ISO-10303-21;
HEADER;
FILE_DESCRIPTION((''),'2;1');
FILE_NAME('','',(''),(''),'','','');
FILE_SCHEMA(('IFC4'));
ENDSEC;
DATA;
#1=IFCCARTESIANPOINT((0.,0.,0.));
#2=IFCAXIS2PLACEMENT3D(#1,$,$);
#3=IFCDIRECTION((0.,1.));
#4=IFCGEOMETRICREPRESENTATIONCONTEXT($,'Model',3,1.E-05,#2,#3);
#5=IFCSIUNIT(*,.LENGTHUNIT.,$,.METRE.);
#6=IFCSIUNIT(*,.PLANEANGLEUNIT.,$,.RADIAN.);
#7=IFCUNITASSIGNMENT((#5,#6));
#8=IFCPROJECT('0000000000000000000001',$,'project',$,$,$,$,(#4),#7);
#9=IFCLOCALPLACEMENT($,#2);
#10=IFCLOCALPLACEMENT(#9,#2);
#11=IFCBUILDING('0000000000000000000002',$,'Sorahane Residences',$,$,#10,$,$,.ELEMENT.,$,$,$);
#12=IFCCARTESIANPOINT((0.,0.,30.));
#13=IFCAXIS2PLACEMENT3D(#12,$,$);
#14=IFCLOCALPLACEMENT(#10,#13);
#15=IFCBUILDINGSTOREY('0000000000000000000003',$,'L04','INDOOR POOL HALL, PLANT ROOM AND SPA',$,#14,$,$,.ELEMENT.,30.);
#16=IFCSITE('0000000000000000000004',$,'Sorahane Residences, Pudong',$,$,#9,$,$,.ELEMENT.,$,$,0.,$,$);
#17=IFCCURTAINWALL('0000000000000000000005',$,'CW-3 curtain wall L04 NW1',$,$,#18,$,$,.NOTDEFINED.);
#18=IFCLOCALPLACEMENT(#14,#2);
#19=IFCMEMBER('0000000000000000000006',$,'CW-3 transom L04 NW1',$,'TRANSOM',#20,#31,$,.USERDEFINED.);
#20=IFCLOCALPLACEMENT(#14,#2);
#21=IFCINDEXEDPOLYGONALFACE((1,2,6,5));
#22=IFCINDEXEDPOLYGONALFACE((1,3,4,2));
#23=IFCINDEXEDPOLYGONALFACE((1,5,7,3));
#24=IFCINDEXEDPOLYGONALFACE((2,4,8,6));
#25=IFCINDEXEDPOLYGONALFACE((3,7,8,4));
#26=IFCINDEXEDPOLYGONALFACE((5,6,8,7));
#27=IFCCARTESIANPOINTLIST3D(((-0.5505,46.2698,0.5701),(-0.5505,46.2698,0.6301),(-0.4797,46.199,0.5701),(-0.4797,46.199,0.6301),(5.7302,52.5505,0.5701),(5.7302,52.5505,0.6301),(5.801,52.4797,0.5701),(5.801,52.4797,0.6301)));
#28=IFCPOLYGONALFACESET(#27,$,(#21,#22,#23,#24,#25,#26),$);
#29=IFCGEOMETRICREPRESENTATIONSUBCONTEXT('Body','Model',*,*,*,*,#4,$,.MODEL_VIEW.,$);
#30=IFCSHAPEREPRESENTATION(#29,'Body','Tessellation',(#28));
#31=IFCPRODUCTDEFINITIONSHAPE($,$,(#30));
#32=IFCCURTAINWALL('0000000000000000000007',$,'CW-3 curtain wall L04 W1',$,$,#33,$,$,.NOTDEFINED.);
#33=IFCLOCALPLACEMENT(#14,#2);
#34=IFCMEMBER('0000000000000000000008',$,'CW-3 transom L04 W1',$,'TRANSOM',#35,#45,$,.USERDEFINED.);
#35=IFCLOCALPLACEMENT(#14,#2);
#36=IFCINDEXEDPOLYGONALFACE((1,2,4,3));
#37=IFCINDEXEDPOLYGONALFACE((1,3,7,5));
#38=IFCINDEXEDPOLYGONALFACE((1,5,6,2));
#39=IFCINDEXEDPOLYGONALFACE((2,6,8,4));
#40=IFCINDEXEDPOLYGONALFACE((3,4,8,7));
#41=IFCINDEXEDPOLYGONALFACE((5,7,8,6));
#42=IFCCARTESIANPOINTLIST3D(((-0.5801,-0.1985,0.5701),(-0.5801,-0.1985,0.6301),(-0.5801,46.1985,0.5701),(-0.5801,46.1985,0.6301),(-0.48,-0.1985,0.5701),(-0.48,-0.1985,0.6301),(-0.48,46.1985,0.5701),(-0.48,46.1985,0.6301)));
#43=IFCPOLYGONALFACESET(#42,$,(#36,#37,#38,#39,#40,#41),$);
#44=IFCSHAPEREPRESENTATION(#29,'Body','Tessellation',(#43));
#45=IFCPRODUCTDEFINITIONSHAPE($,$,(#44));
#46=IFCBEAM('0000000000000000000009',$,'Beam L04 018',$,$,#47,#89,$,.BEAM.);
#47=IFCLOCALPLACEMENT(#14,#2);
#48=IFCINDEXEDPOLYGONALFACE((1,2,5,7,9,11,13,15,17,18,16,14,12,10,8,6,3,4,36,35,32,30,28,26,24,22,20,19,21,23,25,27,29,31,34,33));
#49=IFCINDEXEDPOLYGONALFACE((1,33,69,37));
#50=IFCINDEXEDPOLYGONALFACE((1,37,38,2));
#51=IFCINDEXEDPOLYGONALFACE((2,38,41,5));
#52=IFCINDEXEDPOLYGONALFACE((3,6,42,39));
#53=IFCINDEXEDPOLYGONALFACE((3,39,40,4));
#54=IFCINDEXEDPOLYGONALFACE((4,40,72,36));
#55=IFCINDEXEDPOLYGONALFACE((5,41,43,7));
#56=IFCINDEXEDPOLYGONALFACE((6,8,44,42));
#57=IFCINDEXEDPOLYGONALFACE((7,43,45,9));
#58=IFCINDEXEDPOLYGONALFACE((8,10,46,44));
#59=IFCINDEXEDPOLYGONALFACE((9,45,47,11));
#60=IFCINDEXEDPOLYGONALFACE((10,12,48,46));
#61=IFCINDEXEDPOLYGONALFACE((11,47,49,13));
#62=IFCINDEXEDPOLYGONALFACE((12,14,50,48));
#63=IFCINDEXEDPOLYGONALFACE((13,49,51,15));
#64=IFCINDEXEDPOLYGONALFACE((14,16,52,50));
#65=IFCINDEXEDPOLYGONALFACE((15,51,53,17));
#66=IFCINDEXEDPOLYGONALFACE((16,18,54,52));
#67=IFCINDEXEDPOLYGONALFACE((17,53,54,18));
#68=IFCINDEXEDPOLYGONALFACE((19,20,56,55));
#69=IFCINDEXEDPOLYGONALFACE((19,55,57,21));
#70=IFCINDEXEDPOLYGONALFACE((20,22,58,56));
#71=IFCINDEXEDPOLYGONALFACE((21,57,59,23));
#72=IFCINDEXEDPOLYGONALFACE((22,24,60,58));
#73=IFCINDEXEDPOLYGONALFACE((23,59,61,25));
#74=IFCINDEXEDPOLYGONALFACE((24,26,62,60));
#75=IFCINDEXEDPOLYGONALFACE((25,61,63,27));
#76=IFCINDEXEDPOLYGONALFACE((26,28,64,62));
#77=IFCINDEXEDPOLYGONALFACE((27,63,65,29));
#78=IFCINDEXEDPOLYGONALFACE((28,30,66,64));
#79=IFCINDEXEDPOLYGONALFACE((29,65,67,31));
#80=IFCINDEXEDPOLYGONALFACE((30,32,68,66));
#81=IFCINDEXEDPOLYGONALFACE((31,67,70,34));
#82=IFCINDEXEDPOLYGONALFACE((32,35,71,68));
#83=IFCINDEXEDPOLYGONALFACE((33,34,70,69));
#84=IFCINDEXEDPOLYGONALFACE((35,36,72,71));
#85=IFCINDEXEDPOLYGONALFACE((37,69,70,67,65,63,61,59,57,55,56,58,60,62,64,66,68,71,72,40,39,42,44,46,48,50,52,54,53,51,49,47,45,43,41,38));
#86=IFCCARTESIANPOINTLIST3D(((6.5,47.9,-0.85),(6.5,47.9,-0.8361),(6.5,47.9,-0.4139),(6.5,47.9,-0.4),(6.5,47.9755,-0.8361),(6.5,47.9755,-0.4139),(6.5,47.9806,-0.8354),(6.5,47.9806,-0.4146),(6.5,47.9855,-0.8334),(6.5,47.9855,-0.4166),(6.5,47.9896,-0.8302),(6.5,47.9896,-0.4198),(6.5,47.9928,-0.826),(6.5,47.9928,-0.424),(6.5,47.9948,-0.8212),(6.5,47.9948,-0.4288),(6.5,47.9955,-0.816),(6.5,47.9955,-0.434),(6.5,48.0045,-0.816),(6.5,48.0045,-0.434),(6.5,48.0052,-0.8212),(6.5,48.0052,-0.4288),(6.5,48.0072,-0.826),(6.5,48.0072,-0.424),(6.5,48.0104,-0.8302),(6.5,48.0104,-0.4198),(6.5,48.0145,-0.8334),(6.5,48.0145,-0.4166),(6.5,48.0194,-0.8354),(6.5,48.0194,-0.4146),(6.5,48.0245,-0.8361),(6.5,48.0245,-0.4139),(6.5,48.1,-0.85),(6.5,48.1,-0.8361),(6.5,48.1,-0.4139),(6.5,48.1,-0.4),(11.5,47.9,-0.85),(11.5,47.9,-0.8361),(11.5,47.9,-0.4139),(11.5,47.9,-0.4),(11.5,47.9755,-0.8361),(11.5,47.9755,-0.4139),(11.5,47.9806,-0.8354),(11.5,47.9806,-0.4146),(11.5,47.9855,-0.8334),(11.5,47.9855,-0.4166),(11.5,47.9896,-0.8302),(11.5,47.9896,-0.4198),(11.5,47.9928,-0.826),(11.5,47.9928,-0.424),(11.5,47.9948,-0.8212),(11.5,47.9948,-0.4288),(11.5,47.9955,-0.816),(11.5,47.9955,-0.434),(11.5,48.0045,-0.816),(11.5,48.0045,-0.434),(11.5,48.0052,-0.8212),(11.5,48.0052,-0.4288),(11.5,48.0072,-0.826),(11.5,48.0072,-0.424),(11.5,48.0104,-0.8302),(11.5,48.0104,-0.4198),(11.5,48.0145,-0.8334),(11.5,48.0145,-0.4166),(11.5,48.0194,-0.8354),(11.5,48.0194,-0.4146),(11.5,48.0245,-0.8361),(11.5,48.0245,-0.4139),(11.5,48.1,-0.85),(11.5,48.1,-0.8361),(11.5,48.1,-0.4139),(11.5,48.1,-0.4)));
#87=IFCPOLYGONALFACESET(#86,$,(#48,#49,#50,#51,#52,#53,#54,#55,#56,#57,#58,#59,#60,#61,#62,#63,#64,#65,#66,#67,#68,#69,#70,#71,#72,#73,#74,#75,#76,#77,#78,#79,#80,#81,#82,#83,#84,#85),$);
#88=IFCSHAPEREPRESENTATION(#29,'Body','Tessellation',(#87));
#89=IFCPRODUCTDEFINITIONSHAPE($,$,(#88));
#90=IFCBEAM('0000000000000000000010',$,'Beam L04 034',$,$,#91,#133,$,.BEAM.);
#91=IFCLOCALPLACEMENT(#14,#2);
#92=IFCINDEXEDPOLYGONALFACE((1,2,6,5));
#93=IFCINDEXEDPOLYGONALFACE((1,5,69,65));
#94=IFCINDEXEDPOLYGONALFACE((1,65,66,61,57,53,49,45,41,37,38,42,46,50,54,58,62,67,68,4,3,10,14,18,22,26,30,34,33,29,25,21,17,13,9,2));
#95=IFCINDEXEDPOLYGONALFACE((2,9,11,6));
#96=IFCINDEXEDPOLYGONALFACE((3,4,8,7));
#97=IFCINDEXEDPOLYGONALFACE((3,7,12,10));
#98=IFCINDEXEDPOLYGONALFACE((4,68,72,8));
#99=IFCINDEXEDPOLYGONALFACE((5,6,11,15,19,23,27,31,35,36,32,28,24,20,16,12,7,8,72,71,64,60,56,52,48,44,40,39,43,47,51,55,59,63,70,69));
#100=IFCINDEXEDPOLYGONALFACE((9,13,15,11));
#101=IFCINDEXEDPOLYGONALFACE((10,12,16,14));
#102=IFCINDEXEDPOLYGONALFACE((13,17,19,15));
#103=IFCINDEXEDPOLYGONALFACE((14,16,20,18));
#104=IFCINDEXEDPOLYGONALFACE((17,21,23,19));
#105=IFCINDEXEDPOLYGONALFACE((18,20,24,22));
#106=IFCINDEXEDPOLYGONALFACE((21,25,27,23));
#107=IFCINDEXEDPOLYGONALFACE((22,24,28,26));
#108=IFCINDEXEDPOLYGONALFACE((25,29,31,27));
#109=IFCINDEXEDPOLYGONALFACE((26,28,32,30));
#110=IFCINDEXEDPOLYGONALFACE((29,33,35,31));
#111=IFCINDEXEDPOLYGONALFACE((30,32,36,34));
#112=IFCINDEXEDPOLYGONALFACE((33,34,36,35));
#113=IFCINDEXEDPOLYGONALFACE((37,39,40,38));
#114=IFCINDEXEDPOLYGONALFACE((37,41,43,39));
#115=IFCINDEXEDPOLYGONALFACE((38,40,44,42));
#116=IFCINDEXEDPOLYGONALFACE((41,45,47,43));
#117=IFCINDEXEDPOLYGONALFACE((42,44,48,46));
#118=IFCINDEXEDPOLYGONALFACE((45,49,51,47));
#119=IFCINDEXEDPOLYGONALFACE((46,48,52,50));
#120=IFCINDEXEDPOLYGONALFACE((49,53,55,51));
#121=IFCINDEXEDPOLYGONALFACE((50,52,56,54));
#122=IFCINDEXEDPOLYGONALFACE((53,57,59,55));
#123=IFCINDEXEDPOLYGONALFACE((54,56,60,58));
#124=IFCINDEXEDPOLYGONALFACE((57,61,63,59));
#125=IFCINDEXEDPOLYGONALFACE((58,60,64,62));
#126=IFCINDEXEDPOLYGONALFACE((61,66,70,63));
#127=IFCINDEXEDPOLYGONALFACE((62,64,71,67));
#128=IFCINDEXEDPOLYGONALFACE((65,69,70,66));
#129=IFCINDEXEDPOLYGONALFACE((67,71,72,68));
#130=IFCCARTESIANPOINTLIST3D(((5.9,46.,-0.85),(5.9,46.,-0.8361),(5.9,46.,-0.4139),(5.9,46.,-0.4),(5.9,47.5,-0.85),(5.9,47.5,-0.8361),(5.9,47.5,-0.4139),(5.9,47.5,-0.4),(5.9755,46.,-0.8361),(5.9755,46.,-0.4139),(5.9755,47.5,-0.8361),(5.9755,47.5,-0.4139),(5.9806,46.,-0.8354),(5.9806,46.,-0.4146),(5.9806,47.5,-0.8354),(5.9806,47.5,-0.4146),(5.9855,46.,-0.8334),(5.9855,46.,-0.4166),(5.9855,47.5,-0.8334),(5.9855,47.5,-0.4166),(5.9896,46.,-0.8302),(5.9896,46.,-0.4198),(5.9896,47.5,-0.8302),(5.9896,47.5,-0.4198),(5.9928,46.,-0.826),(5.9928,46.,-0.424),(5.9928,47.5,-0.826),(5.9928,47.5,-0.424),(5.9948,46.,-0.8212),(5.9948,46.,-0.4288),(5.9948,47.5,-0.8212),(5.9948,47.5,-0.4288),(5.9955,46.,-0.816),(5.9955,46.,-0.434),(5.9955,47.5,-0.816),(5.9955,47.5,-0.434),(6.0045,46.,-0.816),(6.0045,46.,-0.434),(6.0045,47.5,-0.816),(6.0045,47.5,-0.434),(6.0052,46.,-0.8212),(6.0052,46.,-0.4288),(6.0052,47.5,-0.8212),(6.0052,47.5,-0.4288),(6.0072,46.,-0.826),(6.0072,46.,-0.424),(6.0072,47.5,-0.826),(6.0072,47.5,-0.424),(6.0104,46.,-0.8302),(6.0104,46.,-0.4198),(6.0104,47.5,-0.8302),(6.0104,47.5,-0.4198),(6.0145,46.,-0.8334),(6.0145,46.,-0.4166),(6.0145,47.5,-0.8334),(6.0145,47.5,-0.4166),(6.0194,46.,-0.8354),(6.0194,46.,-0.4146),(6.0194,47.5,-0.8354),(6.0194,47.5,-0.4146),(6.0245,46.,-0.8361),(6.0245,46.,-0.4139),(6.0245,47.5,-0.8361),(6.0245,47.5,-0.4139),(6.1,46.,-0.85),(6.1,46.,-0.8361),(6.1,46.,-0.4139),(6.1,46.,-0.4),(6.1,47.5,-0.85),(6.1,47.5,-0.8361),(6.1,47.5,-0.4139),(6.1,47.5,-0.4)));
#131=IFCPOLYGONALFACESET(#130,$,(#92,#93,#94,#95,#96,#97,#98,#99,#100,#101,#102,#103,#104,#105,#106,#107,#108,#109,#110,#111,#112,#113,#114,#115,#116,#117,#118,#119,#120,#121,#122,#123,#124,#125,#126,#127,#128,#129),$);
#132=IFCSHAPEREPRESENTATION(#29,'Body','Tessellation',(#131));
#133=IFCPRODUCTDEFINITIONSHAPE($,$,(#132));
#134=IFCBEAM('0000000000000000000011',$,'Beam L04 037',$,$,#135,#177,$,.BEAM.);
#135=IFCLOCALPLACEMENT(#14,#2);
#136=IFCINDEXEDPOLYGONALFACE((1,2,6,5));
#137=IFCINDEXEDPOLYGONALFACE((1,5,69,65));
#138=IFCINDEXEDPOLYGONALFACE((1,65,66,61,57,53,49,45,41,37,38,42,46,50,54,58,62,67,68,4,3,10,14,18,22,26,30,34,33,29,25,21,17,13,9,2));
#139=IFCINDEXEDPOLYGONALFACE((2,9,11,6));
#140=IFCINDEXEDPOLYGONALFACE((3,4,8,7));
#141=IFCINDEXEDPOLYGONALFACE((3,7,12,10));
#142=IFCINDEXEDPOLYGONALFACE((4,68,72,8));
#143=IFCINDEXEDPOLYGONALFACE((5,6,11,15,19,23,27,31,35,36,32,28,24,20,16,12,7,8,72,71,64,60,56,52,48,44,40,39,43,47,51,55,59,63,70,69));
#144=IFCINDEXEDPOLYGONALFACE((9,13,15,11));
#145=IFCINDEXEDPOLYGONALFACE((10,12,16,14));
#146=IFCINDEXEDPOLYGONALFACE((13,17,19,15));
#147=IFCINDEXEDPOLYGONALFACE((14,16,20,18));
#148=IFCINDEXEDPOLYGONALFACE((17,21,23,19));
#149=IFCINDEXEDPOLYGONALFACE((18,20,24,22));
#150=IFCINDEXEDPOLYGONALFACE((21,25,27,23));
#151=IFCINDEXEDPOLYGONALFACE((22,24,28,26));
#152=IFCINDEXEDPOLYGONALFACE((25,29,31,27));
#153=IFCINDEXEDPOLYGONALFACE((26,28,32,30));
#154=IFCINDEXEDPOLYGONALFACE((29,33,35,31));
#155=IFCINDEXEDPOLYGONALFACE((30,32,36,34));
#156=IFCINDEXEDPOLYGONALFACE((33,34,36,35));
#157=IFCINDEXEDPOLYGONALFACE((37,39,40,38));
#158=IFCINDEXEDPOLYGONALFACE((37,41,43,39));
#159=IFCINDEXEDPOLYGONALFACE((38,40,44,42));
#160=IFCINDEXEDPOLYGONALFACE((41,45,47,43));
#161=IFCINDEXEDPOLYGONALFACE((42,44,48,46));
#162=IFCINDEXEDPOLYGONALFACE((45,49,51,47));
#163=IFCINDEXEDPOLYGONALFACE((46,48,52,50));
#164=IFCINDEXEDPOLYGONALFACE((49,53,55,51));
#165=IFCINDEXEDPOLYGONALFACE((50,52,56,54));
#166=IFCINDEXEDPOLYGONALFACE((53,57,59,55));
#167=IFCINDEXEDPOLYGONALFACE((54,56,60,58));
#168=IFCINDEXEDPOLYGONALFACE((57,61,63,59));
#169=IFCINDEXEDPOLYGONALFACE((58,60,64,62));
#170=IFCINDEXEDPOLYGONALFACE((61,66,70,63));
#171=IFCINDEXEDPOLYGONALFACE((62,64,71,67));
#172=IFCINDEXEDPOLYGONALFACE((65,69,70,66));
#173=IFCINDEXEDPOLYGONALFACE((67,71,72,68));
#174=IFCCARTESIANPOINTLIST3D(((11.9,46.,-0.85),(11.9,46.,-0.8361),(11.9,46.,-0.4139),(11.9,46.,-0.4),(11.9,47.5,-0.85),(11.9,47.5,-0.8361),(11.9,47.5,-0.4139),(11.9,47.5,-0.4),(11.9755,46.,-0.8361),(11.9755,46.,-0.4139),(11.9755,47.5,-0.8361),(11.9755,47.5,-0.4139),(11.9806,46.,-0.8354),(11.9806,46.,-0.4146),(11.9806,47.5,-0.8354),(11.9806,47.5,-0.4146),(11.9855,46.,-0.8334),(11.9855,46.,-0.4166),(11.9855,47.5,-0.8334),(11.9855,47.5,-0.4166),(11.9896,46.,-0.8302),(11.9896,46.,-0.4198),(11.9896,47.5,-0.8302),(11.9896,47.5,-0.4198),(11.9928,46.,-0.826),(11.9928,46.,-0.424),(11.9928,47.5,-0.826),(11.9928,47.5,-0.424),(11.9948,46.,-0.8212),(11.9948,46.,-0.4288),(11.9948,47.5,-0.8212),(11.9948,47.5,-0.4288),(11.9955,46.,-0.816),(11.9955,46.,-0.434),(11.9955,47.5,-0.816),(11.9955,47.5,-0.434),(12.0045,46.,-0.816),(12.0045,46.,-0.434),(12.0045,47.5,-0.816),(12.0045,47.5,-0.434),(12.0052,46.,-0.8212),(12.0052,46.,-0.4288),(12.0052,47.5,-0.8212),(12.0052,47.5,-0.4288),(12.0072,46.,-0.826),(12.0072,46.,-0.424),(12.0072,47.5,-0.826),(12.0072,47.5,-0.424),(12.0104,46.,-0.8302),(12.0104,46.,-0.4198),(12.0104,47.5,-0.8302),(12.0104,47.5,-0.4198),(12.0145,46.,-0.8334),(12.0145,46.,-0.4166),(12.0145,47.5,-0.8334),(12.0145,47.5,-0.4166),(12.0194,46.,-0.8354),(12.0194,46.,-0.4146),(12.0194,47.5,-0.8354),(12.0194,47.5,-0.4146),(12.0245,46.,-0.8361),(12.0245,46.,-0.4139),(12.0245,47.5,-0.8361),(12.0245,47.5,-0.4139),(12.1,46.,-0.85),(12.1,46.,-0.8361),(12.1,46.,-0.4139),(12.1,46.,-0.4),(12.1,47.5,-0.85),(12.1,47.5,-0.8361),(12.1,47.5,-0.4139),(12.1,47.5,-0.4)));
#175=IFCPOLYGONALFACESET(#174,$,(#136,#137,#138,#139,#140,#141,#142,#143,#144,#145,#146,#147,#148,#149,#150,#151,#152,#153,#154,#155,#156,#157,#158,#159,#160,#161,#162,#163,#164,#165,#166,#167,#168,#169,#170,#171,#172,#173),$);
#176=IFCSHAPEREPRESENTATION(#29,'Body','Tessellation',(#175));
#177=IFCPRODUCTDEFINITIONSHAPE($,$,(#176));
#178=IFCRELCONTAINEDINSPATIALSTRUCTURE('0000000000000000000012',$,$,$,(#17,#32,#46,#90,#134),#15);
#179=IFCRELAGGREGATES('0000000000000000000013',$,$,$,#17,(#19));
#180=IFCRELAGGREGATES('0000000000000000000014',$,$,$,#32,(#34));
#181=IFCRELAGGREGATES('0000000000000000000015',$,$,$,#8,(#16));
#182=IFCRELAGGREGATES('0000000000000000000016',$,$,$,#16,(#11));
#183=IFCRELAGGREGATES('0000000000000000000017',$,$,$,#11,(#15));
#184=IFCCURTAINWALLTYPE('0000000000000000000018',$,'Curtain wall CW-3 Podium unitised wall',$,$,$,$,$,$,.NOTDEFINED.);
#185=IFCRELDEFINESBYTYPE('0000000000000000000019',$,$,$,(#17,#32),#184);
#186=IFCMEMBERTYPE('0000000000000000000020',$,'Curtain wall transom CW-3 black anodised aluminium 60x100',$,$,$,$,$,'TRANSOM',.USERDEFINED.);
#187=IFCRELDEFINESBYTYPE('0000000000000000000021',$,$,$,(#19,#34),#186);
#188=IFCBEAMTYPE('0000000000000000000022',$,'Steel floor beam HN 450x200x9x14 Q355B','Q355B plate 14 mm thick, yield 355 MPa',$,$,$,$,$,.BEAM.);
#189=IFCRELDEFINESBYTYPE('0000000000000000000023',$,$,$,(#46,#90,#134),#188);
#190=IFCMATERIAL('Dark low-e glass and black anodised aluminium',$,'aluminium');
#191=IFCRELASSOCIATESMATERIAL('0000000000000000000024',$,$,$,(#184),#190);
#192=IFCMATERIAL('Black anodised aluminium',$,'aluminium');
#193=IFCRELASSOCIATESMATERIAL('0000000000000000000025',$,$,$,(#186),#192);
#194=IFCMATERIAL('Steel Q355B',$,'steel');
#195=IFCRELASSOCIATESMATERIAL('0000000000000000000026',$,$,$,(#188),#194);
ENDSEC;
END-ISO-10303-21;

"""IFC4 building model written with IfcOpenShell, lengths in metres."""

from ifc_helpers import new_model, si_unit, direction, frame, origin, origin_2d, place, context, subcontext, project, spatial, rectangle, i_section, extrude, material, material_profile, profile_set, type_object, element, aggregate, save


model = new_model("IFC4")

# Units and contexts
model_context = context("Model", 3, precision=1e-05, world=origin(), true_north=direction((0.0, 1.0)))
body_context = subcontext(model_context, "Body", "Model", "MODEL_VIEW")
ifc_project = project(units=[si_unit("LENGTHUNIT", "METRE"), si_unit("PLANEANGLEUNIT", "RADIAN")], contexts=[model_context])

# Site, building, storey
site_placement = place(None, origin())
site = spatial("IfcSite", under=ifc_project, at=site_placement, Name="Sorahane Residences, Pudong", CompositionType="ELEMENT", RefElevation=0.0)
building_placement = place(site_placement, origin())
building = spatial("IfcBuilding", under=site, at=building_placement, Name="Sorahane Residences", CompositionType="ELEMENT")
storey_placement = place(building_placement, frame((0.0, 0.0, 30.0)))
storey = spatial("IfcBuildingStorey", under=building, at=storey_placement, Name="L04", Description="INDOOR POOL HALL, PLANT ROOM AND SPA", CompositionType="ELEMENT", Elevation=30.0)

# Curtain wall, member
ifc_material_1 = material(Name="Dark low-e glass and black anodised aluminium", Category="aluminium")
curtain_wall_type = type_object("IfcCurtainWallType", Name="Curtain wall CW-3 Podium unitised wall", PredefinedType="NOTDEFINED", material=ifc_material_1)
curtain_wall_1_placement = place(storey_placement, origin())
curtain_wall_1 = element("IfcCurtainWall", 1, at=curtain_wall_1_placement, inside=storey, type_object=curtain_wall_type, Name="CW-3 curtain wall L04 NW1", PredefinedType="NOTDEFINED")
ifc_material_2 = material(Name="Black anodised aluminium", Category="aluminium")
ifc_material_profile_1 = material_profile(ifc_material_2, rectangle(XDim=0.1001, YDim=0.0601, at=origin_2d()), Name="Curtain wall transom CW-3 black anodised aluminium 60x100")
ifc_profile_set_1 = profile_set([ifc_material_profile_1], Name="Black anodised aluminium")
member_type_1 = type_object("IfcMemberType", Name="Curtain wall transom CW-3 black anodised aluminium 60x100", ElementType="TRANSOM", PredefinedType="USERDEFINED", material=ifc_profile_set_1)
member_1_placement = place(storey_placement, frame((5.7656, 52.5151, 0.6001), z_axis=(-0.707107, -0.707107, 0.0), x_axis=(0.707107, -0.707107, 0.0)))
member_1 = element("IfcMember", 2, at=member_1_placement, type_object=member_type_1, Name="CW-3 transom L04 NW1", ObjectType="TRANSOM", PredefinedType="USERDEFINED", context=body_context, shape_type="SweptSolid", body=[
    extrude(rectangle(XDim=0.1001, YDim=0.0601, at=origin_2d()), origin(), (0.0, 0.0, 1.0), 8.8823),
])

# Curtain wall, member
curtain_wall_2_placement = place(storey_placement, origin())
curtain_wall_2 = element("IfcCurtainWall", 3, at=curtain_wall_2_placement, inside=storey, type_object=curtain_wall_type, Name="CW-3 curtain wall L04 W1", PredefinedType="NOTDEFINED")
member_2_placement = place(storey_placement, frame((-0.53, 46.1985, 0.6001), z_axis=(0.0, -1.0, 0.0), x_axis=(1.0, 0.0, 0.0)))
member_2 = element("IfcMember", 4, at=member_2_placement, type_object=member_type_1, Name="CW-3 transom L04 W1", ObjectType="TRANSOM", PredefinedType="USERDEFINED", context=body_context, shape_type="SweptSolid", body=[
    extrude(rectangle(XDim=0.1001, YDim=0.0601, at=origin_2d()), origin(), (0.0, 0.0, 1.0), 46.397),
])

# Beams
ifc_material_3 = material(Name="Steel Q355B", Category="steel")
ifc_material_profile_2 = material_profile(ifc_material_3, i_section(OverallWidth=0.2, OverallDepth=0.45, WebThickness=0.009, FlangeThickness=0.0139, FilletRadius=0.02, at=origin_2d()), Name="HN 450x200x9x14")
ifc_profile_set_2 = profile_set([ifc_material_profile_2], Name="Steel Q355B")
beam_type_1 = type_object("IfcBeamType", Name="Steel floor beam HN 450x200x9x14 Q355B", Description="Q355B plate 14 mm thick, yield 355 MPa", PredefinedType="BEAM", material=ifc_profile_set_2)
beam_1_placement = place(storey_placement, frame((6.5, 48.0, -0.625), z_axis=(1.0, 0.0, 0.0), x_axis=(0.0, 1.0, 0.0)))
element("IfcBeam", 5, at=beam_1_placement, inside=storey, type_object=beam_type_1, Name="Beam L04 018", PredefinedType="BEAM", context=body_context, shape_type="SweptSolid", body=[
    extrude(i_section(OverallWidth=0.2, OverallDepth=0.45, WebThickness=0.009, FlangeThickness=0.0139, FilletRadius=0.02, at=origin_2d()), origin(), (0.0, 0.0, 1.0), 5.0),
])
for number, where, z_axis, x_axis, name in (
    (6, (6.0, 46.0, -0.625), (0.0, 1.0, 0.0), (-1.0, 0.0, 0.0), "Beam L04 034"),
    (7, (12.0, 46.0, -0.625), (0.0, 1.0, 0.0), (-1.0, 0.0, 0.0), "Beam L04 037"),
):
    element("IfcBeam", number, at=place(storey_placement, frame(where, z_axis=z_axis, x_axis=x_axis)), inside=storey, type_object=beam_type_1, Name=name, PredefinedType="BEAM", context=body_context, shape_type="SweptSolid", body=[
        extrude(i_section(OverallWidth=0.2, OverallDepth=0.45, WebThickness=0.009, FlangeThickness=0.0139, FilletRadius=0.02, at=origin_2d()), origin(), (0.0, 0.0, 1.0), 1.5),
    ])

aggregate(curtain_wall_1, [member_1])
aggregate(curtain_wall_2, [member_2])

save(model, "model.ifc")
